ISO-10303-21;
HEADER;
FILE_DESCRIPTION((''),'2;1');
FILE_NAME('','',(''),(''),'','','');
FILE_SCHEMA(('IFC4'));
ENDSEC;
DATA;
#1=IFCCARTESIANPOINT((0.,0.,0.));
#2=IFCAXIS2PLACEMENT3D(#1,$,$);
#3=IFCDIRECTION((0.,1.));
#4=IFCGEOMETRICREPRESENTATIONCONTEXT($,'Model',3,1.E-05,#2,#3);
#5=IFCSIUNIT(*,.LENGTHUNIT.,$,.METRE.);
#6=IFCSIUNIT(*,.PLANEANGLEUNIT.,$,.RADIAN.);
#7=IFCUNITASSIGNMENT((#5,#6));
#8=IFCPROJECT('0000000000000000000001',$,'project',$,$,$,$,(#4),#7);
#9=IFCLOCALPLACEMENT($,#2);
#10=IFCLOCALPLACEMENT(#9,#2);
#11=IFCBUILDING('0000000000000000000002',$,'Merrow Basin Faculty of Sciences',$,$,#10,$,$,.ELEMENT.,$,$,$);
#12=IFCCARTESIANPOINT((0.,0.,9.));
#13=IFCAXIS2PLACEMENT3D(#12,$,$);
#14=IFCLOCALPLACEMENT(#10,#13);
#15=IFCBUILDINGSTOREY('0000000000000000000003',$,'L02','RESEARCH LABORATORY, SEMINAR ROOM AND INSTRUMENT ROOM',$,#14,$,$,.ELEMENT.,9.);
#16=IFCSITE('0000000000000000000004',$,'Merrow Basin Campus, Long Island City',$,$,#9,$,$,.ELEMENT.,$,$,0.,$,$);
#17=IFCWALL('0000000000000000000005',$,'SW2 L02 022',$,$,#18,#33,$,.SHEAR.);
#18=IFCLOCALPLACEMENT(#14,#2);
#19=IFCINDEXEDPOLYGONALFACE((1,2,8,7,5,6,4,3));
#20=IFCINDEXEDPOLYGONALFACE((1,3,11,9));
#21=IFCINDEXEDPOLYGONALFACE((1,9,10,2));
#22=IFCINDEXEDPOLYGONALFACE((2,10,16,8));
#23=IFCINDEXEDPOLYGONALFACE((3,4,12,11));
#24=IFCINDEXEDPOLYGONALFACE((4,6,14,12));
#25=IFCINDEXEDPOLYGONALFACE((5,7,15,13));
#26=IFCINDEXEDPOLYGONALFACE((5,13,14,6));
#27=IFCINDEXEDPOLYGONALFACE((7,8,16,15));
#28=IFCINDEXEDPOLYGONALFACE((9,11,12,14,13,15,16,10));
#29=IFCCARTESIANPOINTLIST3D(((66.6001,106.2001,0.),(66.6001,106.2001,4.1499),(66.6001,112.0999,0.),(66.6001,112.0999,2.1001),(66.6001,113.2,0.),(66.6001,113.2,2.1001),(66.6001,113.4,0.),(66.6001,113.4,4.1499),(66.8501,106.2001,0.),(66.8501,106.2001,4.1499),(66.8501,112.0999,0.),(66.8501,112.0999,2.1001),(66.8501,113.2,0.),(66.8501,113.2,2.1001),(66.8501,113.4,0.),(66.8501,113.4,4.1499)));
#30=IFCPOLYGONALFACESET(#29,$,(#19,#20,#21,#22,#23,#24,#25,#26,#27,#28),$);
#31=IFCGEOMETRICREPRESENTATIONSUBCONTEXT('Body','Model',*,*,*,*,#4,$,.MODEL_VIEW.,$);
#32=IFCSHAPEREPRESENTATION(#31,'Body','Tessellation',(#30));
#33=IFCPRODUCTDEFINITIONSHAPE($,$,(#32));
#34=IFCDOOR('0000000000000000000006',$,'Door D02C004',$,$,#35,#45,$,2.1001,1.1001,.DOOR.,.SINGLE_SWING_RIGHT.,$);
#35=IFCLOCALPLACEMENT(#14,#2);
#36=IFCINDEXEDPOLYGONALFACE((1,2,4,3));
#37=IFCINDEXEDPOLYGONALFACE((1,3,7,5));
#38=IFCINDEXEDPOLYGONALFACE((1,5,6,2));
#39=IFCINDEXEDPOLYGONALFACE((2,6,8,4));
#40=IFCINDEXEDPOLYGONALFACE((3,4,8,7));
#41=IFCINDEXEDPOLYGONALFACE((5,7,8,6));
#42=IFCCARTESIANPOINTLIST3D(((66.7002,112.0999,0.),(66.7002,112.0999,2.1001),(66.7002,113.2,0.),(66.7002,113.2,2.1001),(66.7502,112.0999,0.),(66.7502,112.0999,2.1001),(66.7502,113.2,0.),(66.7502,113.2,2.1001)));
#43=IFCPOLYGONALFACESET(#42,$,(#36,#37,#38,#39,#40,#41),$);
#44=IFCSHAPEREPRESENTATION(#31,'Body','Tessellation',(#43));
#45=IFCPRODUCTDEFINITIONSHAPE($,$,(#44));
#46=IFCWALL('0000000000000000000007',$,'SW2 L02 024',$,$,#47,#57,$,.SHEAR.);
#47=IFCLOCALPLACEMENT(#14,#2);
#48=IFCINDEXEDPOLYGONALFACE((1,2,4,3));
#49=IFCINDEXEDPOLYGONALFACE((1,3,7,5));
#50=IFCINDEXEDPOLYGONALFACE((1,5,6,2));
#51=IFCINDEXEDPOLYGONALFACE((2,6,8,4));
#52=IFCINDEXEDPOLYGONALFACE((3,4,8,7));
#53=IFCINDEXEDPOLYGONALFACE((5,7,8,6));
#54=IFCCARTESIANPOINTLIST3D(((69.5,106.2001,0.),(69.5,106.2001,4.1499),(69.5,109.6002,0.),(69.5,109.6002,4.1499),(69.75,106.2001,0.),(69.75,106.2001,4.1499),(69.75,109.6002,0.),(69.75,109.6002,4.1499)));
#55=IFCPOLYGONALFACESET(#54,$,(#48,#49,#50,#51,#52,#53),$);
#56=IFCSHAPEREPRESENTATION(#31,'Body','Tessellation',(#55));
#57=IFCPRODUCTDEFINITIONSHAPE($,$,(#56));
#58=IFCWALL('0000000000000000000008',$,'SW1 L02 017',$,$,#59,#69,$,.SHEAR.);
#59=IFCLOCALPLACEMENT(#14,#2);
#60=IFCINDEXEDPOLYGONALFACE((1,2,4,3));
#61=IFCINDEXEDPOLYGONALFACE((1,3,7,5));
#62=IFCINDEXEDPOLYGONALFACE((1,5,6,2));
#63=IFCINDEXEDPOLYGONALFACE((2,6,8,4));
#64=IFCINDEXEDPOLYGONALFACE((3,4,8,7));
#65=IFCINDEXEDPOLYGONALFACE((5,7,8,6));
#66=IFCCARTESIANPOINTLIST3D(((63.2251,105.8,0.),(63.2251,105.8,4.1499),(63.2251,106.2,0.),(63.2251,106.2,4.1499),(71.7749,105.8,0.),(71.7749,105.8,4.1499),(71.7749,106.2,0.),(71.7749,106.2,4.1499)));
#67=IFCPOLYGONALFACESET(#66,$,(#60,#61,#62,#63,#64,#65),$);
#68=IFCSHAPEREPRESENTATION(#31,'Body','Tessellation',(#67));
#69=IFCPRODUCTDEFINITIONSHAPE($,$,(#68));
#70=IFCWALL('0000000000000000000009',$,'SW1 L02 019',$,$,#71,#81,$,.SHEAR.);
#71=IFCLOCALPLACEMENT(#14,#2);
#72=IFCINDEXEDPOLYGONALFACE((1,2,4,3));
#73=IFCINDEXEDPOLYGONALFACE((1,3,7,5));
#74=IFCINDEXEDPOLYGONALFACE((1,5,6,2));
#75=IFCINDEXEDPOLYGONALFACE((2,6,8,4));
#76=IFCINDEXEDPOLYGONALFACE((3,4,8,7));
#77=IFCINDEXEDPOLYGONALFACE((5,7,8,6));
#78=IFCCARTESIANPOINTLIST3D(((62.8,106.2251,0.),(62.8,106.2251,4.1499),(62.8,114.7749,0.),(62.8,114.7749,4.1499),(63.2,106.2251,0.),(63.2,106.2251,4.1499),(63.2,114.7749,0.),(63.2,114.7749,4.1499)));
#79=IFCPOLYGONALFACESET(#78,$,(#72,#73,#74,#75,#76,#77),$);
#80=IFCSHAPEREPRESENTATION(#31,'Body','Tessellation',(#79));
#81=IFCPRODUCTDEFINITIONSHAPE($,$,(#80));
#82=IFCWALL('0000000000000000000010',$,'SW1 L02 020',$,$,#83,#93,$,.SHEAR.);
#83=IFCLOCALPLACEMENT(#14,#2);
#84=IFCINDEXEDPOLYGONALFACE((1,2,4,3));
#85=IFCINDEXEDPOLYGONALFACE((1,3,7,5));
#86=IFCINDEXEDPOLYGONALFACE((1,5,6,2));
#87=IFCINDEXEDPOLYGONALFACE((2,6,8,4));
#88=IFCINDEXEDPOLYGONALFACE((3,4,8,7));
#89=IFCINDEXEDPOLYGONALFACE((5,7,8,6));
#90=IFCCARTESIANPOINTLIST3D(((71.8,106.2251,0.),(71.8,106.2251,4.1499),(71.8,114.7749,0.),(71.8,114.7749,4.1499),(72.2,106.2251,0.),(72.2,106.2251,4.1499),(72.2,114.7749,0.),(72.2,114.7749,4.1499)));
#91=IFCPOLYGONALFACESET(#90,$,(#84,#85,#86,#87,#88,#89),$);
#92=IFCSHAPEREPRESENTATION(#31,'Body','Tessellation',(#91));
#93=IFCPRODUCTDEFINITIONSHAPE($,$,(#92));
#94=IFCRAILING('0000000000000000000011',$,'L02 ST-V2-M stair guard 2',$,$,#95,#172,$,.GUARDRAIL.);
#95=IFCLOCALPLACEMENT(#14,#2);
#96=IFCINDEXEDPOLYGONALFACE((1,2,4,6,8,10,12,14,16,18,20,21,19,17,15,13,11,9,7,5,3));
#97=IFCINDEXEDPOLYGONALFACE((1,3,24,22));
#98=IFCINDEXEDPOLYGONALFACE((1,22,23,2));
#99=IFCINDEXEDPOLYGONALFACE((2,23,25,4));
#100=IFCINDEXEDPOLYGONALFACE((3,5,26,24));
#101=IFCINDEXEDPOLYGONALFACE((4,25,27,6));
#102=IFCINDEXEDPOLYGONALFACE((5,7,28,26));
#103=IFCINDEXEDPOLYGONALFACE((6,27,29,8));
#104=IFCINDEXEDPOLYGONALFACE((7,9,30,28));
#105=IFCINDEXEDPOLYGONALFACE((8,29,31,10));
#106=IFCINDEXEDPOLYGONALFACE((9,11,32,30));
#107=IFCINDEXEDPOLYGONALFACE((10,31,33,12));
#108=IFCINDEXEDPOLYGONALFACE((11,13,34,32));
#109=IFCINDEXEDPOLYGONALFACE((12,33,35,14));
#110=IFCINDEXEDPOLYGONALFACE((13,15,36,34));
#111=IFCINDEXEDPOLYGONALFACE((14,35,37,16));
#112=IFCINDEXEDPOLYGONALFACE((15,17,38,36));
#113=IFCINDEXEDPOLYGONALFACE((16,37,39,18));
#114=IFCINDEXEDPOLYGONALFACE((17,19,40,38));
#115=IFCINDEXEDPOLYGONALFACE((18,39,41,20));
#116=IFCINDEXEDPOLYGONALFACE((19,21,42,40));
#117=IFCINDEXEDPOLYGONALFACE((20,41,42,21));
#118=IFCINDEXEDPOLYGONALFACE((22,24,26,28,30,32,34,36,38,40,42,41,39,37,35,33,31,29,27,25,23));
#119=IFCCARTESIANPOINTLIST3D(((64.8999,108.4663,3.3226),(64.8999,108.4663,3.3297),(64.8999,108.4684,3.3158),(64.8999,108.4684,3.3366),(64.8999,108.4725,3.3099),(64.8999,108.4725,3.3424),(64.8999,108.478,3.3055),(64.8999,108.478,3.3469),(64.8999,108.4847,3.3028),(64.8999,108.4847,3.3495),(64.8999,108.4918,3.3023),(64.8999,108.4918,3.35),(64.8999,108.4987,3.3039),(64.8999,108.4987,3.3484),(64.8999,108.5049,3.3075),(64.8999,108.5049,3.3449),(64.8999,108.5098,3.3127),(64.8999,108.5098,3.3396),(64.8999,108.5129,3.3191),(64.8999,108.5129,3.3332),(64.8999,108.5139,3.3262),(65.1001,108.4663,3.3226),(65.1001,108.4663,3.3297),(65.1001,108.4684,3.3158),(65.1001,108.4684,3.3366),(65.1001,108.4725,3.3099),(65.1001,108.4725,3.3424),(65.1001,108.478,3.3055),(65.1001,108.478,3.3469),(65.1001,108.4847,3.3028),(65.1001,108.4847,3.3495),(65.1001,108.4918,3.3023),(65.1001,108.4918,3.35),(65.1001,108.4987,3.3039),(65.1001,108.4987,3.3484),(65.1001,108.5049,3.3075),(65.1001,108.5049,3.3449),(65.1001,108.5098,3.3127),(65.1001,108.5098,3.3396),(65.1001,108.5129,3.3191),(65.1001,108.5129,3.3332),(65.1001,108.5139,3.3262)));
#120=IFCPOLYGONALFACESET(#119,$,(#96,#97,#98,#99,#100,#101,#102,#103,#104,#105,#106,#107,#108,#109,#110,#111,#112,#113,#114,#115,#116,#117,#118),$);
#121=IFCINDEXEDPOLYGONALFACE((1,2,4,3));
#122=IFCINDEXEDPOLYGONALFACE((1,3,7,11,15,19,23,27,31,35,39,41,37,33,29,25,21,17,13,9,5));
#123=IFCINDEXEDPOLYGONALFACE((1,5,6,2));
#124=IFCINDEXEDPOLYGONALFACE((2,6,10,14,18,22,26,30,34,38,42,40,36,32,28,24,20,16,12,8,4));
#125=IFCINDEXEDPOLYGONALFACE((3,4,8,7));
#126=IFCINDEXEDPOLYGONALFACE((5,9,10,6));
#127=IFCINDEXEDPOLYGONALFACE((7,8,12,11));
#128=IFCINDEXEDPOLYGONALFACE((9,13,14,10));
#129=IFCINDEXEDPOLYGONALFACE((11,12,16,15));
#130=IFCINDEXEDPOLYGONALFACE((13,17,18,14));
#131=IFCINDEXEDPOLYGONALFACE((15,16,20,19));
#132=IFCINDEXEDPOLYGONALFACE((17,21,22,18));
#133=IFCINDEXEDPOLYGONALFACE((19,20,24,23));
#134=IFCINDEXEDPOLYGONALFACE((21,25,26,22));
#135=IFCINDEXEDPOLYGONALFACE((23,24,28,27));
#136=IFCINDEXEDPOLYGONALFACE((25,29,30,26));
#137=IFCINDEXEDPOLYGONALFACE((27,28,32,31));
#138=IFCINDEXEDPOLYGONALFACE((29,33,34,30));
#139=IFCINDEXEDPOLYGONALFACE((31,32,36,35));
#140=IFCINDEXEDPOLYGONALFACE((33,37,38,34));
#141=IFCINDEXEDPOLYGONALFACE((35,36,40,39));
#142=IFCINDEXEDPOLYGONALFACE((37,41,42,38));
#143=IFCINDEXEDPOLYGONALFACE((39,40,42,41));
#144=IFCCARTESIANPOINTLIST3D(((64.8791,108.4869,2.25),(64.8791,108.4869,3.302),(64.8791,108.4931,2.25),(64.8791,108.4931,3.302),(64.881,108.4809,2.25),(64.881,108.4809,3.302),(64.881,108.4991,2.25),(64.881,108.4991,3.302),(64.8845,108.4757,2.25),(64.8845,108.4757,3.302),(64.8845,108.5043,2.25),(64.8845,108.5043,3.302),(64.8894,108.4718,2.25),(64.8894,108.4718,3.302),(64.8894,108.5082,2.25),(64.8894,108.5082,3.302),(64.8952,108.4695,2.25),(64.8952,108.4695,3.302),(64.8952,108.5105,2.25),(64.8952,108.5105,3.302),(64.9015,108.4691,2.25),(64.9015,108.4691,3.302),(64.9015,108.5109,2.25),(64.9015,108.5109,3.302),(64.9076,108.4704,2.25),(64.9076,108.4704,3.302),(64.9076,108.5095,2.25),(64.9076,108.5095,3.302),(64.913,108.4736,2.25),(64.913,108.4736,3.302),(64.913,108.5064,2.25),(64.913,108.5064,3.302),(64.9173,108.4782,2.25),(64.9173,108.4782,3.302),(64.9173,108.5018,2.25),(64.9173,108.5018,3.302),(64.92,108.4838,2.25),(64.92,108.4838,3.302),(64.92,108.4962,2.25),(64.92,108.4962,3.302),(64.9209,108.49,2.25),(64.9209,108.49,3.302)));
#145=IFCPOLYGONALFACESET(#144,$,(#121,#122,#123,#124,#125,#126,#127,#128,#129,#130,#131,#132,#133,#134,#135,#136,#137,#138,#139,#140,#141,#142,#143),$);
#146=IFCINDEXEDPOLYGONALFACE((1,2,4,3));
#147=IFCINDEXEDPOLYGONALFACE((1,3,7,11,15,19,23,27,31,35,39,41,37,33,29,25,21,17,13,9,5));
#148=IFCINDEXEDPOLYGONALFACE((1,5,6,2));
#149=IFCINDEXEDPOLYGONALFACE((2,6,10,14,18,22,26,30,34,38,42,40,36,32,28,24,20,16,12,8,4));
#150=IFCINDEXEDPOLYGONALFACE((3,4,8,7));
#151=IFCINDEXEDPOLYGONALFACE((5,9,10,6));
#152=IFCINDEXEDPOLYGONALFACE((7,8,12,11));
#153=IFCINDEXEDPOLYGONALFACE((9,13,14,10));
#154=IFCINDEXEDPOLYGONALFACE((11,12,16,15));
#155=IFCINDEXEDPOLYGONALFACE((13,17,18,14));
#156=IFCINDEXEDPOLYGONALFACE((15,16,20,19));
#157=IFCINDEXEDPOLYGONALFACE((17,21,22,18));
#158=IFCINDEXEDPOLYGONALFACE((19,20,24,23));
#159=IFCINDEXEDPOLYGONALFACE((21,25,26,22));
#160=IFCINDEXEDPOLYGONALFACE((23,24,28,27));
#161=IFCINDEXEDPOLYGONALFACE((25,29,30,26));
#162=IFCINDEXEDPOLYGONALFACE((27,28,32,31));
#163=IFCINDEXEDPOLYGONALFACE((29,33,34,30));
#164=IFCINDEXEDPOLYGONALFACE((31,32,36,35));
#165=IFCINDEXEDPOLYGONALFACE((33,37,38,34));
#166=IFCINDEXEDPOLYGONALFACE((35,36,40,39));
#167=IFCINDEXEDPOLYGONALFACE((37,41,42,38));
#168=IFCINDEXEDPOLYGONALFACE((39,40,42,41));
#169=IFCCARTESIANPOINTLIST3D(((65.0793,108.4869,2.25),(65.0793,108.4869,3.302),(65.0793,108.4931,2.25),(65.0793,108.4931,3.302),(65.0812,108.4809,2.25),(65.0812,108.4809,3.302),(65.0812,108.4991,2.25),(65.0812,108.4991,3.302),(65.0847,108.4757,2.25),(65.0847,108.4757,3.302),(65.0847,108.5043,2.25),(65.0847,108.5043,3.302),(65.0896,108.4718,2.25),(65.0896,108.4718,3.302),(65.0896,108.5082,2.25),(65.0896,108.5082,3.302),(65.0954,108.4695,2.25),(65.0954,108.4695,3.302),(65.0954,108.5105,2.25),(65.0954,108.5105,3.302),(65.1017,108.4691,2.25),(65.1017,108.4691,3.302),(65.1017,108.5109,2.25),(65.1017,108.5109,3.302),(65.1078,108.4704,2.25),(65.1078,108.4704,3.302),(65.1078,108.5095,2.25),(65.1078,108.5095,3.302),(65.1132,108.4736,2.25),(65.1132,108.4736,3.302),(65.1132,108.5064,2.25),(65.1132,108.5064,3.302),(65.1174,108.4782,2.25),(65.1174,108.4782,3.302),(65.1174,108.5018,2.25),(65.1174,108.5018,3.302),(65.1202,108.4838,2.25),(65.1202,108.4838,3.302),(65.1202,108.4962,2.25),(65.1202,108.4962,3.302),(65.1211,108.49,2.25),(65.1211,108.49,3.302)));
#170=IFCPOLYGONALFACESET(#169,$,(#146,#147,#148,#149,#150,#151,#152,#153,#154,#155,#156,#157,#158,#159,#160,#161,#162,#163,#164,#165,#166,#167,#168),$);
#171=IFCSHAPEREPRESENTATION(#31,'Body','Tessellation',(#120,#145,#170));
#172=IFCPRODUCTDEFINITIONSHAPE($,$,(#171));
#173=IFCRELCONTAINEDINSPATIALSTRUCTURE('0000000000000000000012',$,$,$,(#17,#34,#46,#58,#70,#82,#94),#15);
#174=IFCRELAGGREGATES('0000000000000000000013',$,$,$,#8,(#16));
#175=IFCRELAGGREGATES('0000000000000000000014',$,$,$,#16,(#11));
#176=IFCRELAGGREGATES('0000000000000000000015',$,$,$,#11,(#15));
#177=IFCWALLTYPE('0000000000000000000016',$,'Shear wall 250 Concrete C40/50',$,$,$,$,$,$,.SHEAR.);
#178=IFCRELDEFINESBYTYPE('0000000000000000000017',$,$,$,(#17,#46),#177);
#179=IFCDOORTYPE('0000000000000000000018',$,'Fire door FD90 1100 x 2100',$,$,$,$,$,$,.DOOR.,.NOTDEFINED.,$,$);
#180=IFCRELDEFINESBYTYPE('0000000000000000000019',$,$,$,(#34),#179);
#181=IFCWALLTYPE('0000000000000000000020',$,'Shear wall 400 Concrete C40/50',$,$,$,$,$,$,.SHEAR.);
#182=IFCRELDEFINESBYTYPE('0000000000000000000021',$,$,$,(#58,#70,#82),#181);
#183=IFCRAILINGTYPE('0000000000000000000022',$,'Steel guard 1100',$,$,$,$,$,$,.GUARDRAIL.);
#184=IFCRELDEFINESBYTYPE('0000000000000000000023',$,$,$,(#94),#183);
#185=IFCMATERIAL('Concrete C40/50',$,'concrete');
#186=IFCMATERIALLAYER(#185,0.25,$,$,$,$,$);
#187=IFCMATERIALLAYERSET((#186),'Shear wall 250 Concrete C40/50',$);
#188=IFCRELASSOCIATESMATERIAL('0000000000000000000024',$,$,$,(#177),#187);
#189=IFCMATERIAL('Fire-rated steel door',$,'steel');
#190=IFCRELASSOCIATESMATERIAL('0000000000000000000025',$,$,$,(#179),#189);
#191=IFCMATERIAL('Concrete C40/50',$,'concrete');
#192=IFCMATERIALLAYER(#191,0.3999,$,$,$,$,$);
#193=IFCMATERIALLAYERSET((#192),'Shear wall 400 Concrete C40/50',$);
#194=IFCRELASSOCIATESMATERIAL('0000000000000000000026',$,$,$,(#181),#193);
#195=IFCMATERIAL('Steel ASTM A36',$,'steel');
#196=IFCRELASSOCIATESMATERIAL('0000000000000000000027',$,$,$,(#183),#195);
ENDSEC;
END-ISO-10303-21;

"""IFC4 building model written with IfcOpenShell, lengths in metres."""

from ifc_helpers import new_model, si_unit, direction, frame, frame_2d, origin, origin_2d, place, context, subcontext, project, spatial, rectangle, circle, extrude, material, layer, layer_set, type_object, element, fill, save


model = new_model("IFC4")

# Units and contexts
model_context = context("Model", 3, precision=1e-05, world=origin(), true_north=direction((0.0, 1.0)))
body_context = subcontext(model_context, "Body", "Model", "MODEL_VIEW")
ifc_project = project(units=[si_unit("LENGTHUNIT", "METRE"), si_unit("PLANEANGLEUNIT", "RADIAN")], contexts=[model_context])

# Site, building, storey
site_placement = place(None, origin())
site = spatial("IfcSite", under=ifc_project, at=site_placement, Name="Merrow Basin Campus, Long Island City", CompositionType="ELEMENT", RefElevation=0.0)
building_placement = place(site_placement, origin())
building = spatial("IfcBuilding", under=site, at=building_placement, Name="Merrow Basin Faculty of Sciences", CompositionType="ELEMENT")
storey_placement = place(building_placement, frame((0.0, 0.0, 9.0)))
storey = spatial("IfcBuildingStorey", under=building, at=storey_placement, Name="L02", Description="RESEARCH LABORATORY, SEMINAR ROOM AND INSTRUMENT ROOM", CompositionType="ELEMENT", Elevation=9.0)

# Wall, opening, door
ifc_material_1 = material(Name="Concrete C40/50", Category="concrete")
ifc_layer_1 = layer(ifc_material_1, 0.25)
ifc_layer_set_1 = layer_set([ifc_layer_1], Name="Shear wall 250 Concrete C40/50")
wall_type_1 = type_object("IfcWallType", Name="Shear wall 250 Concrete C40/50", PredefinedType="SHEAR", material=ifc_layer_set_1)
wall_1_placement = place(storey_placement, frame((66.7251, 106.2, 0.0), z_axis=(0.0, 0.0, 1.0), x_axis=(0.0, 1.0, 0.0)))
wall_1 = element("IfcWall", 1, at=wall_1_placement, inside=storey, type_object=wall_type_1, Name="SW2 L02 022", PredefinedType="SHEAR", context=body_context, shape_type="SweptSolid", body=[
    extrude(rectangle(XDim=7.2, YDim=0.25, at=frame_2d((3.6001, 0.0))), origin(), (0.0, 0.0, 1.0), 4.1499),
])
opening_1_placement = place(wall_1_placement, frame((5.8999, 0.0, 0.0)))
opening_1 = element("IfcOpeningElement", 2, at=opening_1_placement, cuts=wall_1, PredefinedType="OPENING", context=body_context, shape_type="SweptSolid", body=[
    extrude(rectangle(XDim=1.1001, YDim=2.1001, at=frame_2d((0.55, 1.05))), frame((0.0, 0.135, 0.0), z_axis=(0.0, -1.0, 0.0), x_axis=(1.0, 0.0, 0.0)), (0.0, 0.0, 1.0), 0.27),
])
ifc_material_2 = material(Name="Fire-rated steel door", Category="steel")
door_type_1 = type_object("IfcDoorType", Name="Fire door FD90 1100 x 2100", OperationType="NOTDEFINED", PredefinedType="DOOR", material=ifc_material_2)
door_1_placement = place(opening_1_placement, origin())
door_1 = element("IfcDoor", 3, at=door_1_placement, inside=storey, type_object=door_type_1, Name="Door D02C004", OperationType="SINGLE_SWING_RIGHT", OverallHeight=2.1001, OverallWidth=1.1001, PredefinedType="DOOR", context=body_context, shape_type="SweptSolid", body=[
    extrude(rectangle(XDim=1.1001, YDim=2.1001, at=frame_2d((0.55, 1.05))), frame((0.0, 0.0249, 0.0), z_axis=(0.0, -1.0, 0.0), x_axis=(1.0, 0.0, 0.0)), (0.0, 0.0, 1.0), 0.05),
])
fill(opening_1, door_1)

# Walls
wall_2_placement = place(storey_placement, frame((69.625, 106.2, 0.0), z_axis=(0.0, 0.0, 1.0), x_axis=(0.0, 1.0, 0.0)))
element("IfcWall", 4, at=wall_2_placement, inside=storey, type_object=wall_type_1, Name="SW2 L02 024", PredefinedType="SHEAR", context=body_context, shape_type="SweptSolid", body=[
    extrude(rectangle(XDim=3.4001, YDim=0.25, at=frame_2d((1.7002, 0.0))), origin(), (0.0, 0.0, 1.0), 4.1499),
])
ifc_material_3 = material(Name="Concrete C40/50", Category="concrete")
ifc_layer_2 = layer(ifc_material_3, 0.3999)
ifc_layer_set_2 = layer_set([ifc_layer_2], Name="Shear wall 400 Concrete C40/50")
wall_type_2 = type_object("IfcWallType", Name="Shear wall 400 Concrete C40/50", PredefinedType="SHEAR", material=ifc_layer_set_2)
for number, where, z_axis, x_axis, name in (
    (5, (63.2251, 106.0, 0.0), (0.0, 0.0, 1.0), (1.0, 0.0, 0.0), "SW1 L02 017"),
    (6, (63.0, 106.2251, 0.0), (0.0, 0.0, 1.0), (0.0, 1.0, 0.0), "SW1 L02 019"),
    (7, (72.0, 106.2251, 0.0), (0.0, 0.0, 1.0), (0.0, 1.0, 0.0), "SW1 L02 020"),
):
    element("IfcWall", number, at=place(storey_placement, frame(where, z_axis=z_axis, x_axis=x_axis)), inside=storey, type_object=wall_type_2, Name=name, PredefinedType="SHEAR", context=body_context, shape_type="SweptSolid", body=[
        extrude(rectangle(XDim=8.5498, YDim=0.3999, at=frame_2d((4.2749, 0.0))), origin(), (0.0, 0.0, 1.0), 4.1499),
    ])

# Railing
ifc_material_4 = material(Name="Steel ASTM A36", Category="steel")
railing_type = type_object("IfcRailingType", Name="Steel guard 1100", PredefinedType="GUARDRAIL", material=ifc_material_4)
railing_1_placement = place(storey_placement, frame((64.8999, 108.49, 2.25)))
element("IfcRailing", 8, at=railing_1_placement, inside=storey, type_object=railing_type, Name="L02 ST-V2-M stair guard 2", PredefinedType="GUARDRAIL", context=body_context, shape_type="SweptSolid", body=[
    extrude(circle(Radius=0.0239, at=origin_2d()), frame((0.0, 0.0, 1.0762), z_axis=(1.0, 0.0, 0.0), x_axis=(0.0, 1.0, 0.0)), (0.0, 0.0, 1.0), 0.2002),
    extrude(circle(Radius=0.021, at=origin_2d()), origin(), (0.0, 0.0, 1.0), 1.052),
    extrude(circle(Radius=0.021, at=origin_2d()), frame((0.2002, 0.0, 0.0)), (0.0, 0.0, 1.0), 1.052),
])

save(model, "model.ifc")
